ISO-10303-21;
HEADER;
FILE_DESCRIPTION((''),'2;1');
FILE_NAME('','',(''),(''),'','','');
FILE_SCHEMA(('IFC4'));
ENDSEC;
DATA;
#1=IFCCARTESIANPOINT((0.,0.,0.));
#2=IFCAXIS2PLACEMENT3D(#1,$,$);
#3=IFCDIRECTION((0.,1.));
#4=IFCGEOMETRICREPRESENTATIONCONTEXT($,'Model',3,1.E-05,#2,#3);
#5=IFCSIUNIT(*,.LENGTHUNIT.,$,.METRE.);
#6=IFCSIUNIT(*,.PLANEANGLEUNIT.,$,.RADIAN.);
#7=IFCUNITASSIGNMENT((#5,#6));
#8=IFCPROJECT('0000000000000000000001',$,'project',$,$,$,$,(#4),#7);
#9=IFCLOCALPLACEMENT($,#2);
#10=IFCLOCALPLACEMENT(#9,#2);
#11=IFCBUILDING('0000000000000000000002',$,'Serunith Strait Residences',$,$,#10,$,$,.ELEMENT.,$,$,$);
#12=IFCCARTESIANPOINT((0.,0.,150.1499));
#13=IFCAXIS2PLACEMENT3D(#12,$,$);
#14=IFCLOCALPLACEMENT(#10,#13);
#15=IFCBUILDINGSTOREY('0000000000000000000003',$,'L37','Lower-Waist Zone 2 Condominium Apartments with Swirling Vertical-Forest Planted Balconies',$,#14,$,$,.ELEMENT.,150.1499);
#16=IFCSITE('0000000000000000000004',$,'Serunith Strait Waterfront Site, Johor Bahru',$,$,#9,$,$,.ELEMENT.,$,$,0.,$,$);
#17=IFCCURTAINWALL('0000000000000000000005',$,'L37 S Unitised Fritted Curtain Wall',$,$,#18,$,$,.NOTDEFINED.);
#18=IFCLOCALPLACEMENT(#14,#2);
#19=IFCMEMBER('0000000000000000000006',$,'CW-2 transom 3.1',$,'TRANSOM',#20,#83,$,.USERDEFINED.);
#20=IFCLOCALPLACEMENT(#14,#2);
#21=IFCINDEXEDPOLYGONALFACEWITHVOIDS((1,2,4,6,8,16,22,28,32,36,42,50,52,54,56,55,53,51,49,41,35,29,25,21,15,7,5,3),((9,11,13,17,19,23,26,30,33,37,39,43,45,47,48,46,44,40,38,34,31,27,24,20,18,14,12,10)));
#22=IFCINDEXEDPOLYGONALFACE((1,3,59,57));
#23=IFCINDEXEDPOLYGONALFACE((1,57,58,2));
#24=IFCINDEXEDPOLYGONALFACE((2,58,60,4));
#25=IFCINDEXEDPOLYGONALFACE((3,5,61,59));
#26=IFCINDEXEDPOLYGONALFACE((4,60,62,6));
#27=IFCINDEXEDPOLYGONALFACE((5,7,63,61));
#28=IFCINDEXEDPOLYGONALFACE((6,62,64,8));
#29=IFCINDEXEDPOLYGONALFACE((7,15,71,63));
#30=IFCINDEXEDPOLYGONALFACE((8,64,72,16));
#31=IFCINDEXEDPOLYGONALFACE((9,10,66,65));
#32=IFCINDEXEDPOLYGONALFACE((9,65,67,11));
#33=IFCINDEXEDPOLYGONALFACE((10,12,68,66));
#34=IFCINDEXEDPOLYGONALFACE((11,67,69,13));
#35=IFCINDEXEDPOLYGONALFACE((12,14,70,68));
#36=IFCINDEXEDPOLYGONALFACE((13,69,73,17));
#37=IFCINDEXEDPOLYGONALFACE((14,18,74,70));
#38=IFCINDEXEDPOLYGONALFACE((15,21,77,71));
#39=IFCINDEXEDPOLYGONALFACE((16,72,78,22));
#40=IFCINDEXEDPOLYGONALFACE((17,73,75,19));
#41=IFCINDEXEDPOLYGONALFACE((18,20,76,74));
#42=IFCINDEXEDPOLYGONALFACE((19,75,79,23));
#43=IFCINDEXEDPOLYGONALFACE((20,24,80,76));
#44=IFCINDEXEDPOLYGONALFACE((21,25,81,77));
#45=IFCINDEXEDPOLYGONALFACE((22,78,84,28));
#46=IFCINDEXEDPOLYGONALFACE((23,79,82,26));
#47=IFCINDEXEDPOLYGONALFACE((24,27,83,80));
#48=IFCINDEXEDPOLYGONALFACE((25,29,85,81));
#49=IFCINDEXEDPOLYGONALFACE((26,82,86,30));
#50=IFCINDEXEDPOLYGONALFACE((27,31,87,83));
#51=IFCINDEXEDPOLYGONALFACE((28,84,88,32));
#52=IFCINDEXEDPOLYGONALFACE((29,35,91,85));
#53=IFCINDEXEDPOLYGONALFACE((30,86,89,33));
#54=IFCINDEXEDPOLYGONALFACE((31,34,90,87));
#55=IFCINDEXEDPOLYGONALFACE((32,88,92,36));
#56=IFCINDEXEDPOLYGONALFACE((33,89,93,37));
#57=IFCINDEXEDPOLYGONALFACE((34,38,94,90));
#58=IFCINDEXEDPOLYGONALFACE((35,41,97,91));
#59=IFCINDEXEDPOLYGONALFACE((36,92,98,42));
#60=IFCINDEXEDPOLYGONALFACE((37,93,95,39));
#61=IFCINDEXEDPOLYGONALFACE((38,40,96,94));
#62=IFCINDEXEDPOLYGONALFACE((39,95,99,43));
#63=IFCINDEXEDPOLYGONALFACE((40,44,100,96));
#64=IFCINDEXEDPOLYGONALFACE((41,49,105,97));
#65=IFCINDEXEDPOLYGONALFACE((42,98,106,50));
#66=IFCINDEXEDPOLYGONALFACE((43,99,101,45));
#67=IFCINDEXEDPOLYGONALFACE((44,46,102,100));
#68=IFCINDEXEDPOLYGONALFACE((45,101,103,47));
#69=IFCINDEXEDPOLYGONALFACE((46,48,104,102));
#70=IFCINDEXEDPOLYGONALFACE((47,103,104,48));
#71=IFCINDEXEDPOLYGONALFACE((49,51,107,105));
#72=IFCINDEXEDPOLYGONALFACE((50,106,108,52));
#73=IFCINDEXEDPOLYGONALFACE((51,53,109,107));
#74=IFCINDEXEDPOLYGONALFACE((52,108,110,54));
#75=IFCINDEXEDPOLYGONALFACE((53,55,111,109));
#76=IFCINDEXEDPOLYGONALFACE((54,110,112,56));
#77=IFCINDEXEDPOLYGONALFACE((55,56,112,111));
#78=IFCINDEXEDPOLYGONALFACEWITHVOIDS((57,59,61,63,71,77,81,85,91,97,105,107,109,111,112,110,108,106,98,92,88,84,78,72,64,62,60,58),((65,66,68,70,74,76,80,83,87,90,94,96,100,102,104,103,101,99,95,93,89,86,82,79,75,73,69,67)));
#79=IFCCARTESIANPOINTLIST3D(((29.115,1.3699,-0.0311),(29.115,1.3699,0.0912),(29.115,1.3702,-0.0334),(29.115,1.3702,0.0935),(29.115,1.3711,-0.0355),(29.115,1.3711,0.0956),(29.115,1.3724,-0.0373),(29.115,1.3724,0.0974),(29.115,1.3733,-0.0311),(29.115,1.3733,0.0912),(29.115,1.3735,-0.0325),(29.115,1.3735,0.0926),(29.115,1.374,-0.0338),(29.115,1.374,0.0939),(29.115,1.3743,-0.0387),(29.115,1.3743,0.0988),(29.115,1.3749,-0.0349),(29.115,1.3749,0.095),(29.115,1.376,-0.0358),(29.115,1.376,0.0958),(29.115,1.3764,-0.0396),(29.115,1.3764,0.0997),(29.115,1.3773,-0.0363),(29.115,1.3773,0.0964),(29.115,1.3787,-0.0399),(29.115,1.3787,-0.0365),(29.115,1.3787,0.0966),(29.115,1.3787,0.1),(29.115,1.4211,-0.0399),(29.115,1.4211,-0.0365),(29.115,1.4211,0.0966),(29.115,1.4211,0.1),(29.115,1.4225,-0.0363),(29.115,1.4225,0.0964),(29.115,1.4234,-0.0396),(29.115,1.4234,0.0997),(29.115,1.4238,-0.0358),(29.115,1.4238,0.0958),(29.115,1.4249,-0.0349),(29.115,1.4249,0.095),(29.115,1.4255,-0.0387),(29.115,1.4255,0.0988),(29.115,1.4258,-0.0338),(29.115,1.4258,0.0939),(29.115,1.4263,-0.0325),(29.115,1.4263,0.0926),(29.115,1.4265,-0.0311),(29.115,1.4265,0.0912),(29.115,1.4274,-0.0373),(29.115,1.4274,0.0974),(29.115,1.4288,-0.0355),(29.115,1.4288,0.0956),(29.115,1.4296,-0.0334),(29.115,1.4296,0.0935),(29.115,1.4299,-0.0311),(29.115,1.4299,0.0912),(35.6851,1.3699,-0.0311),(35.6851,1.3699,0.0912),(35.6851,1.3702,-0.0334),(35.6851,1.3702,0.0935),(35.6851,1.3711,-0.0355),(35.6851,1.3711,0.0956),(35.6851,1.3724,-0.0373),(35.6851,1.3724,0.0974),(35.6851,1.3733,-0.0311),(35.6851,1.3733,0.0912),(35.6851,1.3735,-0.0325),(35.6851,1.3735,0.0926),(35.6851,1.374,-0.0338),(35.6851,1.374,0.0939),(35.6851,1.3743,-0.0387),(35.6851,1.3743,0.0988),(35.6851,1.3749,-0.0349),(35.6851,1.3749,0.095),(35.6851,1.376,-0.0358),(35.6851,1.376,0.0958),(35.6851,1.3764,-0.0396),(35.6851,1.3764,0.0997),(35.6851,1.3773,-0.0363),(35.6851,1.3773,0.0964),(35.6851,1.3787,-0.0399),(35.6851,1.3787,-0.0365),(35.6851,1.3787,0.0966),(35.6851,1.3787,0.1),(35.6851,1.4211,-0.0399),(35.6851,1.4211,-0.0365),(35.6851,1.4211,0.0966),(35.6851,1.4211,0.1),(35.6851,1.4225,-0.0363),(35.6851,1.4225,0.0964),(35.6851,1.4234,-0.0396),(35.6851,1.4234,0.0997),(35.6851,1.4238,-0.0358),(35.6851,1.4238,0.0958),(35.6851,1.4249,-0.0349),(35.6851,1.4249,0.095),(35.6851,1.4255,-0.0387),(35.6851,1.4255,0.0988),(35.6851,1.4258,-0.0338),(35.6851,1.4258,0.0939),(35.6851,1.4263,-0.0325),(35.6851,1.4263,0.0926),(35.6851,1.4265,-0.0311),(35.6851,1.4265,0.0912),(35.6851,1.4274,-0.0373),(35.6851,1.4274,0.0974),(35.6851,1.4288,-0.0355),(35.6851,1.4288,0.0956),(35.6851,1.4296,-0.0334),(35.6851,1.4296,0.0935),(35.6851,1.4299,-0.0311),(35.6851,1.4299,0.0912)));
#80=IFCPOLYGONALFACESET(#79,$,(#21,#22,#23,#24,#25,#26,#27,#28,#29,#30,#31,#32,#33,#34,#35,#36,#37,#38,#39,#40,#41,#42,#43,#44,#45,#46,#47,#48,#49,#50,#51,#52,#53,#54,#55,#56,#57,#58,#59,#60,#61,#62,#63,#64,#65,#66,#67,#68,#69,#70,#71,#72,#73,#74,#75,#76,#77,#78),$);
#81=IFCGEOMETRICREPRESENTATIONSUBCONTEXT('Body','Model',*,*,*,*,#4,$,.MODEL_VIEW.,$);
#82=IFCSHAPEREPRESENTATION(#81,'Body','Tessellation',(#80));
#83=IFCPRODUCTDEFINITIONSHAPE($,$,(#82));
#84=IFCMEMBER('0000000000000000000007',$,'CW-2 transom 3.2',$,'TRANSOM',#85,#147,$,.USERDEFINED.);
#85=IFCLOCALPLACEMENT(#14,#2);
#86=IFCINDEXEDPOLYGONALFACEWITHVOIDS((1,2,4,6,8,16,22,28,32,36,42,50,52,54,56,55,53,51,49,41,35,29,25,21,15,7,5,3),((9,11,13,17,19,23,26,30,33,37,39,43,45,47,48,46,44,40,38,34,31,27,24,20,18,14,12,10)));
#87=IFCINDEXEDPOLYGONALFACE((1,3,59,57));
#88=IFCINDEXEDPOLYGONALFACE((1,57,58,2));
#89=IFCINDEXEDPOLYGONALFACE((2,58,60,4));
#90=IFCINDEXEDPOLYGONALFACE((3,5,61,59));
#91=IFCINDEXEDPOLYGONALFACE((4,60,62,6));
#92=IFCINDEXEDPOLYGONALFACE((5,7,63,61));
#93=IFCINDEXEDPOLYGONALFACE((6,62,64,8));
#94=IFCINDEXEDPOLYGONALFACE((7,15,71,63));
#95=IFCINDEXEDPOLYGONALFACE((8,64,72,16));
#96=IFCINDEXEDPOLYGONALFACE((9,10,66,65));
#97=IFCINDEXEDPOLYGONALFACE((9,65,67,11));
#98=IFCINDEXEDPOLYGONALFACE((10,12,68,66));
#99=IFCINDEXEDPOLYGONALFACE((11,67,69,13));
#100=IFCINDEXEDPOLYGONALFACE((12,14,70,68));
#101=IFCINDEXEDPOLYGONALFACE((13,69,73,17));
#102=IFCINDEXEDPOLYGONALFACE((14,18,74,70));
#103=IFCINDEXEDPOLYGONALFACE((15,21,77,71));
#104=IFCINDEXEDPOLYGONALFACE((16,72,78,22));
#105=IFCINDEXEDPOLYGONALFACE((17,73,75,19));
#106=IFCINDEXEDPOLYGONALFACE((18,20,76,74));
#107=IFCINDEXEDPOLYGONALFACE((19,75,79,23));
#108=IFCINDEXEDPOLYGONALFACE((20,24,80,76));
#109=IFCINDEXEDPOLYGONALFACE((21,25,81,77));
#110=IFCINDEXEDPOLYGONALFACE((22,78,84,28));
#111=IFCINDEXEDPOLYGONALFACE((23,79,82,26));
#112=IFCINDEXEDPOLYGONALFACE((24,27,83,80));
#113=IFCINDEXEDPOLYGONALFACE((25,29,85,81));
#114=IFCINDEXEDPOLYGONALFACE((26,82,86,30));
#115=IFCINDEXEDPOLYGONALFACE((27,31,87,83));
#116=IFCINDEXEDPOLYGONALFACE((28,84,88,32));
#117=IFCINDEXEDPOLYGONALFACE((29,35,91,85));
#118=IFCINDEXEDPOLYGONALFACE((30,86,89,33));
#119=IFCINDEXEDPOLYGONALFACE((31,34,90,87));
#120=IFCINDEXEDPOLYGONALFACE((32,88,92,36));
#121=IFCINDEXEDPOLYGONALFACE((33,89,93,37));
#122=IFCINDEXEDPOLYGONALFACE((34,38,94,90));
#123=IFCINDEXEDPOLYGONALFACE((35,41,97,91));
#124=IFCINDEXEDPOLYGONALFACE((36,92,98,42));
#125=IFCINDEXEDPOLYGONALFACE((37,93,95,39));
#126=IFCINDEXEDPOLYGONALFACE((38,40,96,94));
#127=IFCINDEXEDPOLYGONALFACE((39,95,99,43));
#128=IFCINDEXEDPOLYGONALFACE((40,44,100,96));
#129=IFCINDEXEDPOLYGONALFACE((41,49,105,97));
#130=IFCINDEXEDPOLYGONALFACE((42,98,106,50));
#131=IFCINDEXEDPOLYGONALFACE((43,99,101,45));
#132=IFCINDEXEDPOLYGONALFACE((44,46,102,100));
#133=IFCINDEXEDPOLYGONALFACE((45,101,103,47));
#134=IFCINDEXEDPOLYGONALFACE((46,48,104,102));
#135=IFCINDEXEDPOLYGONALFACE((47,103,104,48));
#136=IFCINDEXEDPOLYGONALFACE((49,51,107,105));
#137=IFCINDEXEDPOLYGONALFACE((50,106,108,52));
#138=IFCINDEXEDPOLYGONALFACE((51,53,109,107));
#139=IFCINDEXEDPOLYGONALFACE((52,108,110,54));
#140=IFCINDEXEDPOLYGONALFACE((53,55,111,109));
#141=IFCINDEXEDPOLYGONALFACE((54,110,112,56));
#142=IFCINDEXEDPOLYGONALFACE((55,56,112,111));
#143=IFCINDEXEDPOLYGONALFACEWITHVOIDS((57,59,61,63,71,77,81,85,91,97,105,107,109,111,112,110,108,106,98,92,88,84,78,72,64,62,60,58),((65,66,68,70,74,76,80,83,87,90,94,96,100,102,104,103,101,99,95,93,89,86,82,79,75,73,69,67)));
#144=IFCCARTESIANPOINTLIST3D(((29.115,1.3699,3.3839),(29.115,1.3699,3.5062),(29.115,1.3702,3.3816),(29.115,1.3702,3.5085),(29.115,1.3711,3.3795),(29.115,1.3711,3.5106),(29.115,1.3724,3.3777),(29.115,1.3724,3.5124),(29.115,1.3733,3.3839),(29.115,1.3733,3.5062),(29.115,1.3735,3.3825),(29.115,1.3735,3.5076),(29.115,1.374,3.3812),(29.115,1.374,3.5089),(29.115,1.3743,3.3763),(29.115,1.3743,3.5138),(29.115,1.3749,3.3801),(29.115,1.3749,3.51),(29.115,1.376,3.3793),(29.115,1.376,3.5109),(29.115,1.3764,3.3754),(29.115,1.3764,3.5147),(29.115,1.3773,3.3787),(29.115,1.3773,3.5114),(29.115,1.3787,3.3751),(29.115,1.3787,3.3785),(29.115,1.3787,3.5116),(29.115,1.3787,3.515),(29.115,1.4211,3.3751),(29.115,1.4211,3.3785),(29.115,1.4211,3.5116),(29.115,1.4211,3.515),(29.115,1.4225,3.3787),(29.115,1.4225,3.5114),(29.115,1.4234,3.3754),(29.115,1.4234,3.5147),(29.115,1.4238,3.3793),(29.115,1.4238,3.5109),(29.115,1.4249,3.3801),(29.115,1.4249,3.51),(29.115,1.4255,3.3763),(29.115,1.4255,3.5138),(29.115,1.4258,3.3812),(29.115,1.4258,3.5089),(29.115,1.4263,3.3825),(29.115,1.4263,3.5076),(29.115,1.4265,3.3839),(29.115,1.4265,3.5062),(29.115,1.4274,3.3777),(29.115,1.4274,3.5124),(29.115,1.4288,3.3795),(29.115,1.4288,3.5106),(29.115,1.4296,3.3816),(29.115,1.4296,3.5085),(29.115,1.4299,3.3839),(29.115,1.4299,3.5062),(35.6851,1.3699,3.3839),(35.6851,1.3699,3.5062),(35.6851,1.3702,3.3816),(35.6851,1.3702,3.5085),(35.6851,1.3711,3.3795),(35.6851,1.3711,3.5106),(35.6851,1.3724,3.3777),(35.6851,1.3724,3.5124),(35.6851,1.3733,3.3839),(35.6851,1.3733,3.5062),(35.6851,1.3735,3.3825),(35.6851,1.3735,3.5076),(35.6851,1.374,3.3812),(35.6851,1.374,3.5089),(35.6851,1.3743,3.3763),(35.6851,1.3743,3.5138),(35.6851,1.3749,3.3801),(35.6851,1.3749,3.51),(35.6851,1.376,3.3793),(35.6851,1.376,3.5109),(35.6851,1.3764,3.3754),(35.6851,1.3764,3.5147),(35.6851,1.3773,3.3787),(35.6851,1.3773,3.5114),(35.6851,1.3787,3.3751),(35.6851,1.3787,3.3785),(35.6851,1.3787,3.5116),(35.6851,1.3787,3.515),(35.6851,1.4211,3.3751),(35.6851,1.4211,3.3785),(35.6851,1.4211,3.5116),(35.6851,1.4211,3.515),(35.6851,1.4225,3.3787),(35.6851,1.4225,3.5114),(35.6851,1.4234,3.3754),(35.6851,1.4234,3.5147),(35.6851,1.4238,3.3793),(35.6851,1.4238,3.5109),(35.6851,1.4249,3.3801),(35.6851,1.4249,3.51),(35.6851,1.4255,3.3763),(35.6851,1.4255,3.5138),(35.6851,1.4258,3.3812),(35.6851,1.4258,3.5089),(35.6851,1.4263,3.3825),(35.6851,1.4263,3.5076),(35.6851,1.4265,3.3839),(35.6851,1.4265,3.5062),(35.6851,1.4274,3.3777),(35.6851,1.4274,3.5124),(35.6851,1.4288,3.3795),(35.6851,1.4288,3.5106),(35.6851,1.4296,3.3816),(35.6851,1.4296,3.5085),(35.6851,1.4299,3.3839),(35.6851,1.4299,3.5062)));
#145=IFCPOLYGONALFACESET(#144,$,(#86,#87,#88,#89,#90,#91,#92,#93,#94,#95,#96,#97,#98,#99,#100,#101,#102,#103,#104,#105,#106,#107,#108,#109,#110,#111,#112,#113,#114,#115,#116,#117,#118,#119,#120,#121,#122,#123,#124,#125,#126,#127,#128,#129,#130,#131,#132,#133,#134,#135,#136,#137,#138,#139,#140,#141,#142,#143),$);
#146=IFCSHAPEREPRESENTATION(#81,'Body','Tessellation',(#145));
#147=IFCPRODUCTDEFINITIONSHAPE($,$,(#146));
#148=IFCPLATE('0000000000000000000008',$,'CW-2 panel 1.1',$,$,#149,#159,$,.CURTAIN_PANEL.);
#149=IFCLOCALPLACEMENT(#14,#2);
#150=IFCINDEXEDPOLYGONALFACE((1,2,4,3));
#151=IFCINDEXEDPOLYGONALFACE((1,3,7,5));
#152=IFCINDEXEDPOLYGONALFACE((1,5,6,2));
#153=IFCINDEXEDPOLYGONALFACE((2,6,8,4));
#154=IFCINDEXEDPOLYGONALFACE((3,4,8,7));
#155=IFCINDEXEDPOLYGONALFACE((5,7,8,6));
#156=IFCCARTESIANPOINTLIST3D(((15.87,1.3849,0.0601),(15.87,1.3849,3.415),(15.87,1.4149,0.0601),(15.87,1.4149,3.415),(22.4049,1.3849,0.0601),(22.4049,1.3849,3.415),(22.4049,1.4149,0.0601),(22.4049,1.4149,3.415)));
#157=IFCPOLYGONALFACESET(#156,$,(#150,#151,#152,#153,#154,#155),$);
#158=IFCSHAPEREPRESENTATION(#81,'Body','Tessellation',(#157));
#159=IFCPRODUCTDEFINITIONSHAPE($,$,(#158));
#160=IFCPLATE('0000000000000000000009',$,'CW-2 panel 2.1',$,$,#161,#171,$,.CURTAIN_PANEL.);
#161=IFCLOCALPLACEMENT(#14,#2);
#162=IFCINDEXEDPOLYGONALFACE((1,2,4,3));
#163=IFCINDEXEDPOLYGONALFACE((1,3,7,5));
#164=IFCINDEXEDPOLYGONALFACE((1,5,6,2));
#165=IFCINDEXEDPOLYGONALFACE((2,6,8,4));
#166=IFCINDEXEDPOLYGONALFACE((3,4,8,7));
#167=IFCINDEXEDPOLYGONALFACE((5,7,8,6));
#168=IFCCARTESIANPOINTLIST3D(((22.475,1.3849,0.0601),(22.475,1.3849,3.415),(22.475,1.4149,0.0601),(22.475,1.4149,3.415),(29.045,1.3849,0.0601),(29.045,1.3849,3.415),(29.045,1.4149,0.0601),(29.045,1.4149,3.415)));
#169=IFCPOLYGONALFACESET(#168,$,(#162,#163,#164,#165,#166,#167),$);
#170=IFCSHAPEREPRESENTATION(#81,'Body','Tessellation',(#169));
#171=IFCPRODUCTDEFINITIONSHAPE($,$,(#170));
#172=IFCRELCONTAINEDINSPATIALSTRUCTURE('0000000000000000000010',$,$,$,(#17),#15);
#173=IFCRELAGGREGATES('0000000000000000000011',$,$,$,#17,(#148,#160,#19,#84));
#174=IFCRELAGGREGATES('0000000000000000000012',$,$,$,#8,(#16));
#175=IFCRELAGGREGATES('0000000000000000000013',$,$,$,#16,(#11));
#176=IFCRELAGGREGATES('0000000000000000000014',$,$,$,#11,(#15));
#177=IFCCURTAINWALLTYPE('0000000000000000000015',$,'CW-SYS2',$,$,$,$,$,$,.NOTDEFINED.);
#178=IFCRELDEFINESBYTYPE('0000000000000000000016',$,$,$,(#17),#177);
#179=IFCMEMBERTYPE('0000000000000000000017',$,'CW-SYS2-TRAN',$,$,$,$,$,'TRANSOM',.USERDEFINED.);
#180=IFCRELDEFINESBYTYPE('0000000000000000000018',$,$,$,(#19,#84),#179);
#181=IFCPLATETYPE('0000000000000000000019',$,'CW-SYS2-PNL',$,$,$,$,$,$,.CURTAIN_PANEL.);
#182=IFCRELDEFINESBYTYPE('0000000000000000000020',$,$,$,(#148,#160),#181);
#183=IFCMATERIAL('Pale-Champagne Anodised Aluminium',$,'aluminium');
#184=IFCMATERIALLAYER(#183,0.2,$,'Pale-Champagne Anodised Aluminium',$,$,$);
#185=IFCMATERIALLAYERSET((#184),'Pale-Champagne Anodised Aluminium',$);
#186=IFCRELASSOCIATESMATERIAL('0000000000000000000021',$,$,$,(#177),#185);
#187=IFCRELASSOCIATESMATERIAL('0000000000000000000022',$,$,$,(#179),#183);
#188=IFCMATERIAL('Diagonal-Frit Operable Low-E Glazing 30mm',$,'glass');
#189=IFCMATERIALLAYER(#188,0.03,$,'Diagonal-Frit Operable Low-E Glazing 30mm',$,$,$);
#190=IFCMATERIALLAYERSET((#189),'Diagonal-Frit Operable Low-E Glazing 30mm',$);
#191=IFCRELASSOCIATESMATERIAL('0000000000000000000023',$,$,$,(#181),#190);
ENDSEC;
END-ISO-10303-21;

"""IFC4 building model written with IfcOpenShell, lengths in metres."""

from ifc_helpers import new_model, si_unit, direction, frame, origin, origin_2d, place, context, subcontext, project, spatial, rectangle, hollow_rectangle, extrude, source, transform, mapped, material, layer, layer_set, material_profile, profile_set, type_object, element, aggregate, save


model = new_model("IFC4")

# Units and contexts
model_context = context("Model", 3, precision=1e-05, world=origin(), true_north=direction((0.0, 1.0)))
body_context = subcontext(model_context, "Body", "Model", "MODEL_VIEW")
ifc_project = project(units=[si_unit("LENGTHUNIT", "METRE"), si_unit("PLANEANGLEUNIT", "RADIAN")], contexts=[model_context])

# Site, building, storey
site_placement = place(None, origin())
site = spatial("IfcSite", under=ifc_project, at=site_placement, Name="Serunith Strait Waterfront Site, Johor Bahru", CompositionType="ELEMENT", RefElevation=0.0)
building_placement = place(site_placement, origin())
building = spatial("IfcBuilding", under=site, at=building_placement, Name="Serunith Strait Residences", CompositionType="ELEMENT")
storey_placement = place(building_placement, frame((0.0, 0.0, 150.1499)))
storey = spatial("IfcBuildingStorey", under=building, at=storey_placement, Name="L37", Description="Lower-Waist Zone 2 Condominium Apartments with Swirling Vertical-Forest Planted Balconies", CompositionType="ELEMENT", Elevation=150.1499)

# Curtain wall, members, plates
ifc_material_1 = material(Name="Pale-Champagne Anodised Aluminium", Category="aluminium")
ifc_layer_1 = layer(ifc_material_1, 0.2, Name="Pale-Champagne Anodised Aluminium")
ifc_layer_set_1 = layer_set([ifc_layer_1], Name="Pale-Champagne Anodised Aluminium")
curtain_wall_type = type_object("IfcCurtainWallType", Name="CW-SYS2", PredefinedType="NOTDEFINED", material=ifc_layer_set_1)
curtain_wall_placement = place(storey_placement, origin())
curtain_wall = element("IfcCurtainWall", 1, at=curtain_wall_placement, inside=storey, type_object=curtain_wall_type, Name="L37 S Unitised Fritted Curtain Wall", PredefinedType="NOTDEFINED")
ifc_material_profile_1 = material_profile(ifc_material_1, hollow_rectangle(XDim=0.0601, YDim=0.1399, WallThickness=0.0034, InnerFilletRadius=0.0054, OuterFilletRadius=0.0088, at=origin_2d()), Name="ALU 140x60x3.5")
ifc_profile_set_1 = profile_set([ifc_material_profile_1], Name="Pale-Champagne Anodised Aluminium")
member_type_1 = type_object("IfcMemberType", Name="CW-SYS2-TRAN", ElementType="TRANSOM", PredefinedType="USERDEFINED", material=ifc_profile_set_1)
shared_shape_1 = source(origin(), body_context, "Body", "SweptSolid", [
    extrude(hollow_rectangle(XDim=0.0601, YDim=0.1399, WallThickness=0.0034, InnerFilletRadius=0.0054, OuterFilletRadius=0.0088, at=origin_2d()), origin(), (0.0, 0.0, 1.0), 6.5701),
])
member_1_placement = place(storey_placement, frame((29.115, 1.3999, 0.03), z_axis=(1.0, 0.0, 0.0), x_axis=(0.0, 1.0, 0.0)))
member_1 = element("IfcMember", 2, at=member_1_placement, type_object=member_type_1, Name="CW-2 transom 3.1", ObjectType="TRANSOM", PredefinedType="USERDEFINED", context=body_context, shape_type="MappedRepresentation", body=[
    mapped(shared_shape_1, transform((0.0, 0.0, 0.0), scale=1.0)),
])
member_2_placement = place(storey_placement, frame((29.115, 1.3999, 3.4451), z_axis=(1.0, 0.0, 0.0), x_axis=(0.0, 1.0, 0.0)))
member_2 = element("IfcMember", 3, at=member_2_placement, type_object=member_type_1, Name="CW-2 transom 3.2", ObjectType="TRANSOM", PredefinedType="USERDEFINED", context=body_context, shape_type="MappedRepresentation", body=[
    mapped(shared_shape_1, transform((0.0, 0.0, 0.0), scale=1.0)),
])
ifc_material_2 = material(Name="Diagonal-Frit Operable Low-E Glazing 30mm", Category="glass")
ifc_layer_2 = layer(ifc_material_2, 0.03, Name="Diagonal-Frit Operable Low-E Glazing 30mm")
ifc_layer_set_2 = layer_set([ifc_layer_2], Name="Diagonal-Frit Operable Low-E Glazing 30mm")
plate_type = type_object("IfcPlateType", Name="CW-SYS2-PNL", PredefinedType="CURTAIN_PANEL", material=ifc_layer_set_2)
shared_shape_2 = source(origin(), body_context, "Body", "SweptSolid", [
    extrude(rectangle(XDim=6.5349, YDim=0.03, at=origin_2d()), origin(), (0.0, 0.0, 1.0), 3.355),
])
plate_1_placement = place(storey_placement, frame((19.1375, 1.3999, 0.0601), z_axis=(0.0, 0.0, 1.0), x_axis=(1.0, 0.0, 0.0)))
plate_1 = element("IfcPlate", 4, at=plate_1_placement, type_object=plate_type, Name="CW-2 panel 1.1", PredefinedType="CURTAIN_PANEL", context=body_context, shape_type="MappedRepresentation", body=[
    mapped(shared_shape_2, transform((0.0, 0.0, 0.0), scale=1.0)),
])
shared_shape_3 = source(origin(), body_context, "Body", "SweptSolid", [
    extrude(rectangle(XDim=6.5701, YDim=0.03, at=origin_2d()), origin(), (0.0, 0.0, 1.0), 3.355),
])
plate_2_placement = place(storey_placement, frame((25.76, 1.3999, 0.0601), z_axis=(0.0, 0.0, 1.0), x_axis=(1.0, 0.0, 0.0)))
plate_2 = element("IfcPlate", 5, at=plate_2_placement, type_object=plate_type, Name="CW-2 panel 2.1", PredefinedType="CURTAIN_PANEL", context=body_context, shape_type="MappedRepresentation", body=[
    mapped(shared_shape_3, transform((0.0, 0.0, 0.0), scale=1.0)),
])
aggregate(curtain_wall, [plate_1, plate_2, member_1, member_2])

save(model, "model.ifc")
